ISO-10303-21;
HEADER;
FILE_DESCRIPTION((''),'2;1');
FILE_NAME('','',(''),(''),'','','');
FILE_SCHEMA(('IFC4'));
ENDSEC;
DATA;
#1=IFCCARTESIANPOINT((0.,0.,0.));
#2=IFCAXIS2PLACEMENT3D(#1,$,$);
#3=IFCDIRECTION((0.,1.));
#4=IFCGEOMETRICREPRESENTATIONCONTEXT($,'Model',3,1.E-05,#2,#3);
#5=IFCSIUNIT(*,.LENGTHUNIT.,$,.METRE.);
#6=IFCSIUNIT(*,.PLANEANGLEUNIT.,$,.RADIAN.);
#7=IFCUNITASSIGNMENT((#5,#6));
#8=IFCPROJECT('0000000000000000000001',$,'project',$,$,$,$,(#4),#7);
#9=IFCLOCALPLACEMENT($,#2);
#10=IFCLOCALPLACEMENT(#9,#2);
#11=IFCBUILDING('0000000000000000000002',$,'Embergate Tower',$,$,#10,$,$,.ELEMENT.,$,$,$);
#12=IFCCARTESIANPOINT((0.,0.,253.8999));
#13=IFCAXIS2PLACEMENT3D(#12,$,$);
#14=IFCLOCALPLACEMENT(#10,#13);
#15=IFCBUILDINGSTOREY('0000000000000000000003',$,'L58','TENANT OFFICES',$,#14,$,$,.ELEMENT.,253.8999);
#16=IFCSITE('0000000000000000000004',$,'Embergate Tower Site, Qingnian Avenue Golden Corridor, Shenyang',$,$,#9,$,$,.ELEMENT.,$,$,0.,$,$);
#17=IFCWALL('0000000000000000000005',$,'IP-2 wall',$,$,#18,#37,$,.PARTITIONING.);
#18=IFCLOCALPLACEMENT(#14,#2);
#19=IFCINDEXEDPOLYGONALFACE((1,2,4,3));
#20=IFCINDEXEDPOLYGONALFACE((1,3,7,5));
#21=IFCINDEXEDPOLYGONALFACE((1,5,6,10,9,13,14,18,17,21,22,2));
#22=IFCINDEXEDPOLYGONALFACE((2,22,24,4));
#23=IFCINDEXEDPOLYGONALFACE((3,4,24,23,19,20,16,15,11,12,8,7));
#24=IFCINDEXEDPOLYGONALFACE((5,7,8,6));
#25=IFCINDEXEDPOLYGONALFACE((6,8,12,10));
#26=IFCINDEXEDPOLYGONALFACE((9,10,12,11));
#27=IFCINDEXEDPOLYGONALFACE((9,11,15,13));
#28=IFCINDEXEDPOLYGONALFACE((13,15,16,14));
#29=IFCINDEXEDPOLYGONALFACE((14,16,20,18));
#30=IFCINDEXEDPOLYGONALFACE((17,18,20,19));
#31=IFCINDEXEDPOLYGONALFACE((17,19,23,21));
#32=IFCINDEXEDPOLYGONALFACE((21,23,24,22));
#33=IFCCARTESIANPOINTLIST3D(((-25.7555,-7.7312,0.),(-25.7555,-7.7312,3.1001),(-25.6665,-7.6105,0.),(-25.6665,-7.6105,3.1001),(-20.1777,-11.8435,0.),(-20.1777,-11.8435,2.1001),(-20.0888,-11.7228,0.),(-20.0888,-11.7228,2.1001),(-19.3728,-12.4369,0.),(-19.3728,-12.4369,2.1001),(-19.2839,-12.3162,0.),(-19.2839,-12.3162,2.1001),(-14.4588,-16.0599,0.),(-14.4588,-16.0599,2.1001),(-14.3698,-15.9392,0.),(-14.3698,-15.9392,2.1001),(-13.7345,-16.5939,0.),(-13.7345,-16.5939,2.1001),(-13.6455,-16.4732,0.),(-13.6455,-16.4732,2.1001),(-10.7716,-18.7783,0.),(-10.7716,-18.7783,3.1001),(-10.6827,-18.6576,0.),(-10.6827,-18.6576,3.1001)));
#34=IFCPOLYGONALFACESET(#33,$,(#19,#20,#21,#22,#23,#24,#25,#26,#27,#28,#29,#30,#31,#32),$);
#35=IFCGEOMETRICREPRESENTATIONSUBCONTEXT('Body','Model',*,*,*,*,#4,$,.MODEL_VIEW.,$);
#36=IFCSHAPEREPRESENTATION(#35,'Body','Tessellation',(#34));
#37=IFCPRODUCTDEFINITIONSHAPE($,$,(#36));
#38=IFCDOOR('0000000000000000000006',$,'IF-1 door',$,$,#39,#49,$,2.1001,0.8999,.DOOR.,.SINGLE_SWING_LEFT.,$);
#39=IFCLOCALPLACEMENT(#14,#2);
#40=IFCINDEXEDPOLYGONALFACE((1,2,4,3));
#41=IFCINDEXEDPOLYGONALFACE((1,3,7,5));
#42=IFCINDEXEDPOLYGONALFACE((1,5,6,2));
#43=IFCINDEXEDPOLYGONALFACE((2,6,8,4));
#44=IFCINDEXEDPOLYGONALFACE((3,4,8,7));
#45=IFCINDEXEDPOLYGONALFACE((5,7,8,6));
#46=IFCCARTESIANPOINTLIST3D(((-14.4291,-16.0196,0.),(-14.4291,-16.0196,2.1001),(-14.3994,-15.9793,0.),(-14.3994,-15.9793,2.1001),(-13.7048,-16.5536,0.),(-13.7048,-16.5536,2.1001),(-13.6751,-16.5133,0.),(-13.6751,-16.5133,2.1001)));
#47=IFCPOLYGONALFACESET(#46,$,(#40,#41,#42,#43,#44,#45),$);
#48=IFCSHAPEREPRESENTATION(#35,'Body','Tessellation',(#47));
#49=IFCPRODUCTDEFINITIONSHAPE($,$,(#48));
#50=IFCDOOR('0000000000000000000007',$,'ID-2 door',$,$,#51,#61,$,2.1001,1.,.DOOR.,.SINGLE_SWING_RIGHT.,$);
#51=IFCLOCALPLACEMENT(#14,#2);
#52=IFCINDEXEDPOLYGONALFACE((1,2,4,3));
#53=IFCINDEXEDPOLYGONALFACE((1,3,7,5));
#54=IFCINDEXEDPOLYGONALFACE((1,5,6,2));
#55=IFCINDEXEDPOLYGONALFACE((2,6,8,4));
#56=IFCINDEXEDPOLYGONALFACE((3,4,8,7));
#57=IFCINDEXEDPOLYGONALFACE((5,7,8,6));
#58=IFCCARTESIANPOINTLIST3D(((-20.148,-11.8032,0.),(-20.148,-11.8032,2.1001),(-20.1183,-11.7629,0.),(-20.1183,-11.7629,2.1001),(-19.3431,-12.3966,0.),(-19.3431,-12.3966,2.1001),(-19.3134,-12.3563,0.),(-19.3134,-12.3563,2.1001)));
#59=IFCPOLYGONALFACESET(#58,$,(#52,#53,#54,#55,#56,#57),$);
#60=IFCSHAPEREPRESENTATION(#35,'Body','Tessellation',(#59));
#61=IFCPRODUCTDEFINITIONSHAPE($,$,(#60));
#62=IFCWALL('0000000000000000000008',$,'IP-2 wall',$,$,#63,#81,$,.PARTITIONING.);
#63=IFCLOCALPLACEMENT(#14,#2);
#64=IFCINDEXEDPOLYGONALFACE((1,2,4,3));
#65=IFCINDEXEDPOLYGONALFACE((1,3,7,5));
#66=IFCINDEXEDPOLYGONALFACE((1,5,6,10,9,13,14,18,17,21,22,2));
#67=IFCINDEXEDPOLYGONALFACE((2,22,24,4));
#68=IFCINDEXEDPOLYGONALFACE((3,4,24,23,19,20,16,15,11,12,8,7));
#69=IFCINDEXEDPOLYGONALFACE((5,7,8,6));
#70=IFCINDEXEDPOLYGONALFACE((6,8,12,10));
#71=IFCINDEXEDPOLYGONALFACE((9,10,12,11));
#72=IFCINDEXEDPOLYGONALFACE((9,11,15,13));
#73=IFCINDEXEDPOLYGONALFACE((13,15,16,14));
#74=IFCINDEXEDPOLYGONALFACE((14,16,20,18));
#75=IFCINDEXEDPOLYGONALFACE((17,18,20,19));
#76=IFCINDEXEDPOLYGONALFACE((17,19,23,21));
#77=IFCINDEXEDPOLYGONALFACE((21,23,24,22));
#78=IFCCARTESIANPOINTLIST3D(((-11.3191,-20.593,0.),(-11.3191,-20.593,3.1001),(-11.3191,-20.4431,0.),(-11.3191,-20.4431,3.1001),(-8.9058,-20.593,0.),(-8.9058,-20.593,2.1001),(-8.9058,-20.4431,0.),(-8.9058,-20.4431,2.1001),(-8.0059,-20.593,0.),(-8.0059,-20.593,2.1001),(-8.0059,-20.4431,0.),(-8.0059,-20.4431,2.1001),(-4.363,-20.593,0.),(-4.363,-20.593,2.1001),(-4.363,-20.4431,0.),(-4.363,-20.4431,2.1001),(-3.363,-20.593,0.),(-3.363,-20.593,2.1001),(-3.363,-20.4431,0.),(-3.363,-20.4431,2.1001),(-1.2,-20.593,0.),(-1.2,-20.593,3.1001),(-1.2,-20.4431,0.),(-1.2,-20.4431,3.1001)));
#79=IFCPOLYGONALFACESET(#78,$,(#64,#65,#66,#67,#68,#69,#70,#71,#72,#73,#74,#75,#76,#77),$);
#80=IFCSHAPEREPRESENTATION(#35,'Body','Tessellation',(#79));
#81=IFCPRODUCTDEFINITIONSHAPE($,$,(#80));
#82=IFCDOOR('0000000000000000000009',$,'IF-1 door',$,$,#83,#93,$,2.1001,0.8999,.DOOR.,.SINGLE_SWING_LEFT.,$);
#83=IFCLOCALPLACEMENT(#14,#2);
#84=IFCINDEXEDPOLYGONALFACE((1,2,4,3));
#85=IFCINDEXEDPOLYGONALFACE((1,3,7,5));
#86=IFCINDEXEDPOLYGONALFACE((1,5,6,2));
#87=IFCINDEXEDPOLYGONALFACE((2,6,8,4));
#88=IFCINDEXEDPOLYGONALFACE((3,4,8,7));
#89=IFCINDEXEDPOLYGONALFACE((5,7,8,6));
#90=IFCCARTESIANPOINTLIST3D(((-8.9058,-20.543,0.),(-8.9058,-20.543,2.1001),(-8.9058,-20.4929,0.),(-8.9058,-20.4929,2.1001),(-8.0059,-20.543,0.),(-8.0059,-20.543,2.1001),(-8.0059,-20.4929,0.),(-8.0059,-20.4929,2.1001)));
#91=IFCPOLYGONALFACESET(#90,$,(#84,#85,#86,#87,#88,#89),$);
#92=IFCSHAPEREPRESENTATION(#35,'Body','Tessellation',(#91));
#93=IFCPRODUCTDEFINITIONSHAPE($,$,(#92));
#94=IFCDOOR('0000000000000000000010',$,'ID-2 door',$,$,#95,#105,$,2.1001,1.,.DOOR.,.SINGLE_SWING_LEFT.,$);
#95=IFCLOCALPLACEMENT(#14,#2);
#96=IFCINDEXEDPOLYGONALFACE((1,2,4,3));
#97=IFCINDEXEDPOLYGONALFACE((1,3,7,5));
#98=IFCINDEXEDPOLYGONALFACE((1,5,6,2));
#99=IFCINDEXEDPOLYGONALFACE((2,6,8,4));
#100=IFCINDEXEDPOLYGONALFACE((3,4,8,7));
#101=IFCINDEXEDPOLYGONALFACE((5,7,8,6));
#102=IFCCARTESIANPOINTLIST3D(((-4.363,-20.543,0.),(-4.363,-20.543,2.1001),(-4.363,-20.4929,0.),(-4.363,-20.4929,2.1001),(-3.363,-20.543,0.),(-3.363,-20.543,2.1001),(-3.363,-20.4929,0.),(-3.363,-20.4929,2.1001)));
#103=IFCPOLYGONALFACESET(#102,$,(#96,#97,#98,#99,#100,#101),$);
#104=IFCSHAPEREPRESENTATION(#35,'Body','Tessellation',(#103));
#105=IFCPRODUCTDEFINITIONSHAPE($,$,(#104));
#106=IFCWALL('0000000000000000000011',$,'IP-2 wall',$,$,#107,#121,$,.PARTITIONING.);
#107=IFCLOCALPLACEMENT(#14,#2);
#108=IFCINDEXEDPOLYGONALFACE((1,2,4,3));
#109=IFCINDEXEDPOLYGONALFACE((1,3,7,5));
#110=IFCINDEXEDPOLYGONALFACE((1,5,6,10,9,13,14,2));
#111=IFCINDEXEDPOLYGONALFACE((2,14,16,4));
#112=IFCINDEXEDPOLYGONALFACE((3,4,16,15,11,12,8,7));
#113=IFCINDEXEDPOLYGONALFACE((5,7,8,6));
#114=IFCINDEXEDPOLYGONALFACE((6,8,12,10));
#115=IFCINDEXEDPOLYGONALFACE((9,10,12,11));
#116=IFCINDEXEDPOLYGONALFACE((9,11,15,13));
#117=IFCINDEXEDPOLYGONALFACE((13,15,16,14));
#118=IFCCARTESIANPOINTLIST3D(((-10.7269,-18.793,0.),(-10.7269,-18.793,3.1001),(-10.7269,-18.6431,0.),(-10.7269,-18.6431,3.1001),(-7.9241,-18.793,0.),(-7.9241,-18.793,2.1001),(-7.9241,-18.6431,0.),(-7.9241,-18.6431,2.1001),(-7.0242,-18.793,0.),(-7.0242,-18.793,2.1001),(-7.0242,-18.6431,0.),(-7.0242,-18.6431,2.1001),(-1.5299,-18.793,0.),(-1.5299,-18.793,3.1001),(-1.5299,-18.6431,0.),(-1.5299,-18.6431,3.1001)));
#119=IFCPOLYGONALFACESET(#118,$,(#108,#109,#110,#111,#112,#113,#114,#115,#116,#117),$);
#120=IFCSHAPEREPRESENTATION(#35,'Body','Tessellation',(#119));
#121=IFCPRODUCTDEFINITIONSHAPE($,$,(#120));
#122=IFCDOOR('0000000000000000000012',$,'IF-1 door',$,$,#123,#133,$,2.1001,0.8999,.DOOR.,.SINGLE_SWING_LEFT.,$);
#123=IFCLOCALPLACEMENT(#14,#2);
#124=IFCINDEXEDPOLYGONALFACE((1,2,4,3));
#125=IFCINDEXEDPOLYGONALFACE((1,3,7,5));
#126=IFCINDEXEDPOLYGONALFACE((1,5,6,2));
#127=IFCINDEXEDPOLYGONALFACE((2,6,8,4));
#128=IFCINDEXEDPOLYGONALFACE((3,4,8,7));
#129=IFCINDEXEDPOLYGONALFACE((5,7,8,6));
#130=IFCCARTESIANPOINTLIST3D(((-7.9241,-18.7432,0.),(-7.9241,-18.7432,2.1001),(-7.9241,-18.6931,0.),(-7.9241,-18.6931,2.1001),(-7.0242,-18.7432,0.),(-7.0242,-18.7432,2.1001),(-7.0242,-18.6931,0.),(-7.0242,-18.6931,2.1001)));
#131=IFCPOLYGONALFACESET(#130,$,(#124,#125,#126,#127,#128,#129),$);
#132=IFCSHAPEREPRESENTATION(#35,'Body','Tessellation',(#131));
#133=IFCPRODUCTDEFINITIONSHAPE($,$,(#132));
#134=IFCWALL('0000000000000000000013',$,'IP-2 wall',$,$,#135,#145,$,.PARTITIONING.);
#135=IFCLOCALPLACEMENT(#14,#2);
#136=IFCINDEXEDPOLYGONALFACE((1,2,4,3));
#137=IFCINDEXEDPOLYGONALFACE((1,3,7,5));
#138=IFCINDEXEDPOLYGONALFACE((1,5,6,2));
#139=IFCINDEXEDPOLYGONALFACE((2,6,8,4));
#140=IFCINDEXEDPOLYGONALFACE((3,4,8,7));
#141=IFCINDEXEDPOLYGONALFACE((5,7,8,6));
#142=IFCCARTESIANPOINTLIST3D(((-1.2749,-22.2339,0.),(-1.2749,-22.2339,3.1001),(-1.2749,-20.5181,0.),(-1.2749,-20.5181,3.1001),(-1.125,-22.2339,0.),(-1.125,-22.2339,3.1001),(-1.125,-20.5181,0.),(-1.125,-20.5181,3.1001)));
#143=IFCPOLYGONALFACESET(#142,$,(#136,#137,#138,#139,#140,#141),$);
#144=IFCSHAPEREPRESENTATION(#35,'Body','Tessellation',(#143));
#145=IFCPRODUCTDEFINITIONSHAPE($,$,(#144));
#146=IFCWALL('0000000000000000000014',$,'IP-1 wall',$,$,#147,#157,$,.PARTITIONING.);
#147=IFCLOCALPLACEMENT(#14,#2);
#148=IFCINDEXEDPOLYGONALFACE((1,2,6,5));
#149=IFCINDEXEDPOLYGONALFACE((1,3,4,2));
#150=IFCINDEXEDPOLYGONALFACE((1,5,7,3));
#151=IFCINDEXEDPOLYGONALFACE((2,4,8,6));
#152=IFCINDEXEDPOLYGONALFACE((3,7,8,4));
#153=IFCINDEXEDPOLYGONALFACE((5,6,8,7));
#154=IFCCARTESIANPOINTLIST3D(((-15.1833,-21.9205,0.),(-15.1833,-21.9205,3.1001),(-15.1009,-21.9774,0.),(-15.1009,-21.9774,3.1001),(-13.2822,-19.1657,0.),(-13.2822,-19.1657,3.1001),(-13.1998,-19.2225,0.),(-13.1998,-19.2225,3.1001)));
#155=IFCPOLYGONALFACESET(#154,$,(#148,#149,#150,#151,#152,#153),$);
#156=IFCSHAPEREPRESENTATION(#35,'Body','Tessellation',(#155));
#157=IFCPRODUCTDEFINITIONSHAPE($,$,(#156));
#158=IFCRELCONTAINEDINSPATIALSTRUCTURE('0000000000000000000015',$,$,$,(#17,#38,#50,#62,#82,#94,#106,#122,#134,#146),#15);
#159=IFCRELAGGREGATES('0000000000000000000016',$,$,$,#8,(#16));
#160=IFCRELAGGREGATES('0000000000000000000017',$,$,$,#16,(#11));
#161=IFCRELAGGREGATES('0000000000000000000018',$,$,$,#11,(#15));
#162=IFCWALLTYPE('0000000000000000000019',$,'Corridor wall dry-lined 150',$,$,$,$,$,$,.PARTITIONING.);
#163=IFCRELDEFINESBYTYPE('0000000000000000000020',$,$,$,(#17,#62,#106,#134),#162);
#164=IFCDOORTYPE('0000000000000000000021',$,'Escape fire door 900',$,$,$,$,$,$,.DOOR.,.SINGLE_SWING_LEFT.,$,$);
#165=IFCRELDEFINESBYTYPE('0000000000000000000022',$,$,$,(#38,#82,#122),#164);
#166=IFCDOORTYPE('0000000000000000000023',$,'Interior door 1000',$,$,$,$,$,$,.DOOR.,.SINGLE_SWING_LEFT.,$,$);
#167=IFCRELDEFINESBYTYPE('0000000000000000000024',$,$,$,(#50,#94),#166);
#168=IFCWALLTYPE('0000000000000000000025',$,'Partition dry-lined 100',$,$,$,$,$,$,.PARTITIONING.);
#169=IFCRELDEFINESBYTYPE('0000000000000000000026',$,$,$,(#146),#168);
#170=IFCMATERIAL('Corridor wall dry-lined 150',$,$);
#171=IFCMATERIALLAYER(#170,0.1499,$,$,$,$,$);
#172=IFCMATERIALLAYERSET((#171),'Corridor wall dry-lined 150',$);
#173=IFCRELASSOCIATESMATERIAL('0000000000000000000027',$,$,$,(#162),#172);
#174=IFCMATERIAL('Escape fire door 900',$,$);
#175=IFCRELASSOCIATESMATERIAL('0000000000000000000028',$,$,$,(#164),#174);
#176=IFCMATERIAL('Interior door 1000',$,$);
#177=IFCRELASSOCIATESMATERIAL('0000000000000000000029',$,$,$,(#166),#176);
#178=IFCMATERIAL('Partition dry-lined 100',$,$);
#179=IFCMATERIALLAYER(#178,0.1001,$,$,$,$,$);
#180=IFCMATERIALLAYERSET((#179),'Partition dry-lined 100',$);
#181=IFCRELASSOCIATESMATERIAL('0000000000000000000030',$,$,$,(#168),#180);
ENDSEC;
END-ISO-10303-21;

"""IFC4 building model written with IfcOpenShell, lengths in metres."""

from ifc_helpers import new_model, si_unit, direction, frame, frame_2d, origin, place, context, subcontext, project, spatial, rectangle, extrude, source, transform, mapped, material, layer, layer_set, type_object, element, fill, save


model = new_model("IFC4")

# Units and contexts
model_context = context("Model", 3, precision=1e-05, world=origin(), true_north=direction((0.0, 1.0)))
body_context = subcontext(model_context, "Body", "Model", "MODEL_VIEW")
ifc_project = project(units=[si_unit("LENGTHUNIT", "METRE"), si_unit("PLANEANGLEUNIT", "RADIAN")], contexts=[model_context])

# Site, building, storey
site_placement = place(None, origin())
site = spatial("IfcSite", under=ifc_project, at=site_placement, Name="Embergate Tower Site, Qingnian Avenue Golden Corridor, Shenyang", CompositionType="ELEMENT", RefElevation=0.0)
building_placement = place(site_placement, origin())
building = spatial("IfcBuilding", under=site, at=building_placement, Name="Embergate Tower", CompositionType="ELEMENT")
storey_placement = place(building_placement, frame((0.0, 0.0, 253.8999)))
storey = spatial("IfcBuildingStorey", under=building, at=storey_placement, Name="L58", Description="TENANT OFFICES", CompositionType="ELEMENT", Elevation=253.8999)

# Walls, openings, doors
ifc_material_1 = material(Name="Corridor wall dry-lined 150")
ifc_layer_1 = layer(ifc_material_1, 0.1499)
ifc_layer_set_1 = layer_set([ifc_layer_1], Name="Corridor wall dry-lined 150")
wall_type_1 = type_object("IfcWallType", Name="Corridor wall dry-lined 150", PredefinedType="PARTITIONING", material=ifc_layer_set_1)
shared_shape_1 = source(origin(), body_context, "Body", "SweptSolid", [
    extrude(rectangle(XDim=18.616, YDim=0.1499, at=frame_2d((9.3081, 0.0))), origin(), (0.0, 0.0, 1.0), 3.1001),
])
wall_1_placement = place(storey_placement, frame((-10.7271, -18.718, 0.0), z_axis=(0.0, 0.0, 1.0), x_axis=(-0.804893, 0.59342, 0.0)))
wall_1 = element("IfcWall", 1, at=wall_1_placement, inside=storey, type_object=wall_type_1, Name="IP-2 wall", PredefinedType="PARTITIONING", context=body_context, shape_type="MappedRepresentation", body=[
    mapped(shared_shape_1, transform((0.0, 0.0, 0.0))),
])
shared_shape_2 = source(origin(), body_context, "Body", "SweptSolid", [
    extrude(rectangle(XDim=1.0, YDim=2.1001, at=frame_2d((0.5, 1.05))), frame((0.0, 0.085, 0.0), z_axis=(0.0, -1.0, 0.0), x_axis=(1.0, 0.0, 0.0)), (0.0, 0.0, 1.0), 0.1699),
])
opening_1_placement = place(wall_1_placement, frame((10.6863, 0.0, 0.0)))
opening_1 = element("IfcOpeningElement", 2, at=opening_1_placement, cuts=wall_1, PredefinedType="OPENING", context=body_context, shape_type="MappedRepresentation", body=[
    mapped(shared_shape_2, transform((0.0, 0.0, 0.0))),
])
shared_shape_3 = source(origin(), body_context, "Body", "SweptSolid", [
    extrude(rectangle(XDim=0.8999, YDim=2.1001, at=frame_2d((0.45, 1.05))), frame((0.0, 0.085, 0.0), z_axis=(0.0, -1.0, 0.0), x_axis=(1.0, 0.0, 0.0)), (0.0, 0.0, 1.0), 0.1699),
])
opening_2_placement = place(wall_1_placement, frame((3.6812, 0.0, 0.0)))
opening_2 = element("IfcOpeningElement", 3, at=opening_2_placement, cuts=wall_1, PredefinedType="OPENING", context=body_context, shape_type="MappedRepresentation", body=[
    mapped(shared_shape_3, transform((0.0, 0.0, 0.0))),
])
ifc_material_2 = material(Name="Escape fire door 900")
door_type_1 = type_object("IfcDoorType", Name="Escape fire door 900", OperationType="SINGLE_SWING_LEFT", PredefinedType="DOOR", material=ifc_material_2)
shared_shape_4 = source(origin(), body_context, "Body", "SweptSolid", [
    extrude(rectangle(XDim=0.8999, YDim=2.1001, at=frame_2d((0.45, 1.05))), frame((0.0, 0.0249, 0.0), z_axis=(0.0, -1.0, 0.0), x_axis=(1.0, 0.0, 0.0)), (0.0, 0.0, 1.0), 0.05),
])
door_1_placement = place(opening_2_placement, origin())
door_1 = element("IfcDoor", 4, at=door_1_placement, inside=storey, type_object=door_type_1, Name="IF-1 door", OperationType="SINGLE_SWING_LEFT", OverallHeight=2.1001, OverallWidth=0.8999, PredefinedType="DOOR", context=body_context, shape_type="MappedRepresentation", body=[
    mapped(shared_shape_4, transform((0.0, 0.0, 0.0))),
])
fill(opening_2, door_1)
ifc_material_3 = material(Name="Interior door 1000")
door_type_2 = type_object("IfcDoorType", Name="Interior door 1000", OperationType="SINGLE_SWING_LEFT", PredefinedType="DOOR", material=ifc_material_3)
shared_shape_5 = source(origin(), body_context, "Body", "SweptSolid", [
    extrude(rectangle(XDim=1.0, YDim=2.1001, at=frame_2d((0.5, 1.05))), frame((0.0, 0.0249, 0.0), z_axis=(0.0, -1.0, 0.0), x_axis=(1.0, 0.0, 0.0)), (0.0, 0.0, 1.0), 0.05),
])
door_2_placement = place(opening_1_placement, origin())
door_2 = element("IfcDoor", 5, at=door_2_placement, inside=storey, type_object=door_type_2, Name="ID-2 door", OperationType="SINGLE_SWING_RIGHT", OverallHeight=2.1001, OverallWidth=1.0, PredefinedType="DOOR", context=body_context, shape_type="MappedRepresentation", body=[
    mapped(shared_shape_5, transform((0.0, 0.0, 0.0))),
])
fill(opening_1, door_2)
shared_shape_6 = source(origin(), body_context, "Body", "SweptSolid", [
    extrude(rectangle(XDim=10.1191, YDim=0.1499, at=frame_2d((5.0596, 0.0))), origin(), (0.0, 0.0, 1.0), 3.1001),
])
wall_2_placement = place(storey_placement, frame((-1.2, -20.5181, 0.0), z_axis=(0.0, 0.0, 1.0), x_axis=(-1.0, 0.0, 0.0)))
wall_2 = element("IfcWall", 6, at=wall_2_placement, inside=storey, type_object=wall_type_1, Name="IP-2 wall", PredefinedType="PARTITIONING", context=body_context, shape_type="MappedRepresentation", body=[
    mapped(shared_shape_6, transform((0.0, 0.0, 0.0))),
])
opening_3_placement = place(wall_2_placement, frame((6.8059, 0.0, 0.0)))
opening_3 = element("IfcOpeningElement", 7, at=opening_3_placement, cuts=wall_2, PredefinedType="OPENING", context=body_context, shape_type="MappedRepresentation", body=[
    mapped(shared_shape_3, transform((0.0, 0.0, 0.0))),
])
opening_4_placement = place(wall_2_placement, frame((2.1631, 0.0, 0.0)))
opening_4 = element("IfcOpeningElement", 8, at=opening_4_placement, cuts=wall_2, PredefinedType="OPENING", context=body_context, shape_type="MappedRepresentation", body=[
    mapped(shared_shape_2, transform((0.0, 0.0, 0.0))),
])
door_3_placement = place(opening_3_placement, origin())
door_3 = element("IfcDoor", 9, at=door_3_placement, inside=storey, type_object=door_type_1, Name="IF-1 door", OperationType="SINGLE_SWING_LEFT", OverallHeight=2.1001, OverallWidth=0.8999, PredefinedType="DOOR", context=body_context, shape_type="MappedRepresentation", body=[
    mapped(shared_shape_4, transform((0.0, 0.0, 0.0))),
])
fill(opening_3, door_3)
door_4_placement = place(opening_4_placement, origin())
door_4 = element("IfcDoor", 10, at=door_4_placement, inside=storey, type_object=door_type_2, Name="ID-2 door", OperationType="SINGLE_SWING_LEFT", OverallHeight=2.1001, OverallWidth=1.0, PredefinedType="DOOR", context=body_context, shape_type="MappedRepresentation", body=[
    mapped(shared_shape_5, transform((0.0, 0.0, 0.0))),
])
fill(opening_4, door_4)

# Wall, opening, door
shared_shape_7 = source(origin(), body_context, "Body", "SweptSolid", [
    extrude(rectangle(XDim=9.197, YDim=0.1499, at=frame_2d((4.5986, 0.0))), origin(), (0.0, 0.0, 1.0), 3.1001),
])
wall_3_placement = place(storey_placement, frame((-10.7271, -18.718, 0.0), z_axis=(0.0, 0.0, 1.0), x_axis=(1.0, 0.0, 0.0)))
wall_3 = element("IfcWall", 11, at=wall_3_placement, inside=storey, type_object=wall_type_1, Name="IP-2 wall", PredefinedType="PARTITIONING", context=body_context, shape_type="MappedRepresentation", body=[
    mapped(shared_shape_7, transform((0.0, 0.0, 0.0))),
])
opening_5_placement = place(wall_3_placement, frame((2.803, 0.0, 0.0)))
opening_5 = element("IfcOpeningElement", 12, at=opening_5_placement, cuts=wall_3, PredefinedType="OPENING", context=body_context, shape_type="MappedRepresentation", body=[
    mapped(shared_shape_3, transform((0.0, 0.0, 0.0))),
])
door_5_placement = place(opening_5_placement, origin())
door_5 = element("IfcDoor", 13, at=door_5_placement, inside=storey, type_object=door_type_1, Name="IF-1 door", OperationType="SINGLE_SWING_LEFT", OverallHeight=2.1001, OverallWidth=0.8999, PredefinedType="DOOR", context=body_context, shape_type="MappedRepresentation", body=[
    mapped(shared_shape_4, transform((0.0, 0.0, 0.0))),
])
fill(opening_5, door_5)

# Walls
shared_shape_8 = source(origin(), body_context, "Body", "SweptSolid", [
    extrude(rectangle(XDim=1.7158, YDim=0.1499, at=frame_2d((0.8579, 0.0))), origin(), (0.0, 0.0, 1.0), 3.1001),
])
wall_4_placement = place(storey_placement, frame((-1.2, -22.2339, 0.0), z_axis=(0.0, 0.0, 1.0), x_axis=(0.0, 1.0, 0.0)))
element("IfcWall", 14, at=wall_4_placement, inside=storey, type_object=wall_type_1, Name="IP-2 wall", PredefinedType="PARTITIONING", context=body_context, shape_type="MappedRepresentation", body=[
    mapped(shared_shape_8, transform((0.0, 0.0, 0.0))),
])
ifc_material_4 = material(Name="Partition dry-lined 100")
ifc_layer_2 = layer(ifc_material_4, 0.1001)
ifc_layer_set_2 = layer_set([ifc_layer_2], Name="Partition dry-lined 100")
wall_type_2 = type_object("IfcWallType", Name="Partition dry-lined 100", PredefinedType="PARTITIONING", material=ifc_layer_set_2)
shared_shape_9 = source(origin(), body_context, "Body", "SweptSolid", [
    extrude(rectangle(XDim=3.3472, YDim=0.1001, at=frame_2d((1.6736, 0.0))), origin(), (0.0, 0.0, 1.0), 3.1001),
])
wall_5_placement = place(storey_placement, frame((-13.241, -19.1941, 0.0), z_axis=(0.0, 0.0, 1.0), x_axis=(-0.567977, -0.823045, 0.0)))
element("IfcWall", 15, at=wall_5_placement, inside=storey, type_object=wall_type_2, Name="IP-1 wall", PredefinedType="PARTITIONING", context=body_context, shape_type="MappedRepresentation", body=[
    mapped(shared_shape_9, transform((0.0, 0.0, 0.0))),
])

save(model, "model.ifc")
